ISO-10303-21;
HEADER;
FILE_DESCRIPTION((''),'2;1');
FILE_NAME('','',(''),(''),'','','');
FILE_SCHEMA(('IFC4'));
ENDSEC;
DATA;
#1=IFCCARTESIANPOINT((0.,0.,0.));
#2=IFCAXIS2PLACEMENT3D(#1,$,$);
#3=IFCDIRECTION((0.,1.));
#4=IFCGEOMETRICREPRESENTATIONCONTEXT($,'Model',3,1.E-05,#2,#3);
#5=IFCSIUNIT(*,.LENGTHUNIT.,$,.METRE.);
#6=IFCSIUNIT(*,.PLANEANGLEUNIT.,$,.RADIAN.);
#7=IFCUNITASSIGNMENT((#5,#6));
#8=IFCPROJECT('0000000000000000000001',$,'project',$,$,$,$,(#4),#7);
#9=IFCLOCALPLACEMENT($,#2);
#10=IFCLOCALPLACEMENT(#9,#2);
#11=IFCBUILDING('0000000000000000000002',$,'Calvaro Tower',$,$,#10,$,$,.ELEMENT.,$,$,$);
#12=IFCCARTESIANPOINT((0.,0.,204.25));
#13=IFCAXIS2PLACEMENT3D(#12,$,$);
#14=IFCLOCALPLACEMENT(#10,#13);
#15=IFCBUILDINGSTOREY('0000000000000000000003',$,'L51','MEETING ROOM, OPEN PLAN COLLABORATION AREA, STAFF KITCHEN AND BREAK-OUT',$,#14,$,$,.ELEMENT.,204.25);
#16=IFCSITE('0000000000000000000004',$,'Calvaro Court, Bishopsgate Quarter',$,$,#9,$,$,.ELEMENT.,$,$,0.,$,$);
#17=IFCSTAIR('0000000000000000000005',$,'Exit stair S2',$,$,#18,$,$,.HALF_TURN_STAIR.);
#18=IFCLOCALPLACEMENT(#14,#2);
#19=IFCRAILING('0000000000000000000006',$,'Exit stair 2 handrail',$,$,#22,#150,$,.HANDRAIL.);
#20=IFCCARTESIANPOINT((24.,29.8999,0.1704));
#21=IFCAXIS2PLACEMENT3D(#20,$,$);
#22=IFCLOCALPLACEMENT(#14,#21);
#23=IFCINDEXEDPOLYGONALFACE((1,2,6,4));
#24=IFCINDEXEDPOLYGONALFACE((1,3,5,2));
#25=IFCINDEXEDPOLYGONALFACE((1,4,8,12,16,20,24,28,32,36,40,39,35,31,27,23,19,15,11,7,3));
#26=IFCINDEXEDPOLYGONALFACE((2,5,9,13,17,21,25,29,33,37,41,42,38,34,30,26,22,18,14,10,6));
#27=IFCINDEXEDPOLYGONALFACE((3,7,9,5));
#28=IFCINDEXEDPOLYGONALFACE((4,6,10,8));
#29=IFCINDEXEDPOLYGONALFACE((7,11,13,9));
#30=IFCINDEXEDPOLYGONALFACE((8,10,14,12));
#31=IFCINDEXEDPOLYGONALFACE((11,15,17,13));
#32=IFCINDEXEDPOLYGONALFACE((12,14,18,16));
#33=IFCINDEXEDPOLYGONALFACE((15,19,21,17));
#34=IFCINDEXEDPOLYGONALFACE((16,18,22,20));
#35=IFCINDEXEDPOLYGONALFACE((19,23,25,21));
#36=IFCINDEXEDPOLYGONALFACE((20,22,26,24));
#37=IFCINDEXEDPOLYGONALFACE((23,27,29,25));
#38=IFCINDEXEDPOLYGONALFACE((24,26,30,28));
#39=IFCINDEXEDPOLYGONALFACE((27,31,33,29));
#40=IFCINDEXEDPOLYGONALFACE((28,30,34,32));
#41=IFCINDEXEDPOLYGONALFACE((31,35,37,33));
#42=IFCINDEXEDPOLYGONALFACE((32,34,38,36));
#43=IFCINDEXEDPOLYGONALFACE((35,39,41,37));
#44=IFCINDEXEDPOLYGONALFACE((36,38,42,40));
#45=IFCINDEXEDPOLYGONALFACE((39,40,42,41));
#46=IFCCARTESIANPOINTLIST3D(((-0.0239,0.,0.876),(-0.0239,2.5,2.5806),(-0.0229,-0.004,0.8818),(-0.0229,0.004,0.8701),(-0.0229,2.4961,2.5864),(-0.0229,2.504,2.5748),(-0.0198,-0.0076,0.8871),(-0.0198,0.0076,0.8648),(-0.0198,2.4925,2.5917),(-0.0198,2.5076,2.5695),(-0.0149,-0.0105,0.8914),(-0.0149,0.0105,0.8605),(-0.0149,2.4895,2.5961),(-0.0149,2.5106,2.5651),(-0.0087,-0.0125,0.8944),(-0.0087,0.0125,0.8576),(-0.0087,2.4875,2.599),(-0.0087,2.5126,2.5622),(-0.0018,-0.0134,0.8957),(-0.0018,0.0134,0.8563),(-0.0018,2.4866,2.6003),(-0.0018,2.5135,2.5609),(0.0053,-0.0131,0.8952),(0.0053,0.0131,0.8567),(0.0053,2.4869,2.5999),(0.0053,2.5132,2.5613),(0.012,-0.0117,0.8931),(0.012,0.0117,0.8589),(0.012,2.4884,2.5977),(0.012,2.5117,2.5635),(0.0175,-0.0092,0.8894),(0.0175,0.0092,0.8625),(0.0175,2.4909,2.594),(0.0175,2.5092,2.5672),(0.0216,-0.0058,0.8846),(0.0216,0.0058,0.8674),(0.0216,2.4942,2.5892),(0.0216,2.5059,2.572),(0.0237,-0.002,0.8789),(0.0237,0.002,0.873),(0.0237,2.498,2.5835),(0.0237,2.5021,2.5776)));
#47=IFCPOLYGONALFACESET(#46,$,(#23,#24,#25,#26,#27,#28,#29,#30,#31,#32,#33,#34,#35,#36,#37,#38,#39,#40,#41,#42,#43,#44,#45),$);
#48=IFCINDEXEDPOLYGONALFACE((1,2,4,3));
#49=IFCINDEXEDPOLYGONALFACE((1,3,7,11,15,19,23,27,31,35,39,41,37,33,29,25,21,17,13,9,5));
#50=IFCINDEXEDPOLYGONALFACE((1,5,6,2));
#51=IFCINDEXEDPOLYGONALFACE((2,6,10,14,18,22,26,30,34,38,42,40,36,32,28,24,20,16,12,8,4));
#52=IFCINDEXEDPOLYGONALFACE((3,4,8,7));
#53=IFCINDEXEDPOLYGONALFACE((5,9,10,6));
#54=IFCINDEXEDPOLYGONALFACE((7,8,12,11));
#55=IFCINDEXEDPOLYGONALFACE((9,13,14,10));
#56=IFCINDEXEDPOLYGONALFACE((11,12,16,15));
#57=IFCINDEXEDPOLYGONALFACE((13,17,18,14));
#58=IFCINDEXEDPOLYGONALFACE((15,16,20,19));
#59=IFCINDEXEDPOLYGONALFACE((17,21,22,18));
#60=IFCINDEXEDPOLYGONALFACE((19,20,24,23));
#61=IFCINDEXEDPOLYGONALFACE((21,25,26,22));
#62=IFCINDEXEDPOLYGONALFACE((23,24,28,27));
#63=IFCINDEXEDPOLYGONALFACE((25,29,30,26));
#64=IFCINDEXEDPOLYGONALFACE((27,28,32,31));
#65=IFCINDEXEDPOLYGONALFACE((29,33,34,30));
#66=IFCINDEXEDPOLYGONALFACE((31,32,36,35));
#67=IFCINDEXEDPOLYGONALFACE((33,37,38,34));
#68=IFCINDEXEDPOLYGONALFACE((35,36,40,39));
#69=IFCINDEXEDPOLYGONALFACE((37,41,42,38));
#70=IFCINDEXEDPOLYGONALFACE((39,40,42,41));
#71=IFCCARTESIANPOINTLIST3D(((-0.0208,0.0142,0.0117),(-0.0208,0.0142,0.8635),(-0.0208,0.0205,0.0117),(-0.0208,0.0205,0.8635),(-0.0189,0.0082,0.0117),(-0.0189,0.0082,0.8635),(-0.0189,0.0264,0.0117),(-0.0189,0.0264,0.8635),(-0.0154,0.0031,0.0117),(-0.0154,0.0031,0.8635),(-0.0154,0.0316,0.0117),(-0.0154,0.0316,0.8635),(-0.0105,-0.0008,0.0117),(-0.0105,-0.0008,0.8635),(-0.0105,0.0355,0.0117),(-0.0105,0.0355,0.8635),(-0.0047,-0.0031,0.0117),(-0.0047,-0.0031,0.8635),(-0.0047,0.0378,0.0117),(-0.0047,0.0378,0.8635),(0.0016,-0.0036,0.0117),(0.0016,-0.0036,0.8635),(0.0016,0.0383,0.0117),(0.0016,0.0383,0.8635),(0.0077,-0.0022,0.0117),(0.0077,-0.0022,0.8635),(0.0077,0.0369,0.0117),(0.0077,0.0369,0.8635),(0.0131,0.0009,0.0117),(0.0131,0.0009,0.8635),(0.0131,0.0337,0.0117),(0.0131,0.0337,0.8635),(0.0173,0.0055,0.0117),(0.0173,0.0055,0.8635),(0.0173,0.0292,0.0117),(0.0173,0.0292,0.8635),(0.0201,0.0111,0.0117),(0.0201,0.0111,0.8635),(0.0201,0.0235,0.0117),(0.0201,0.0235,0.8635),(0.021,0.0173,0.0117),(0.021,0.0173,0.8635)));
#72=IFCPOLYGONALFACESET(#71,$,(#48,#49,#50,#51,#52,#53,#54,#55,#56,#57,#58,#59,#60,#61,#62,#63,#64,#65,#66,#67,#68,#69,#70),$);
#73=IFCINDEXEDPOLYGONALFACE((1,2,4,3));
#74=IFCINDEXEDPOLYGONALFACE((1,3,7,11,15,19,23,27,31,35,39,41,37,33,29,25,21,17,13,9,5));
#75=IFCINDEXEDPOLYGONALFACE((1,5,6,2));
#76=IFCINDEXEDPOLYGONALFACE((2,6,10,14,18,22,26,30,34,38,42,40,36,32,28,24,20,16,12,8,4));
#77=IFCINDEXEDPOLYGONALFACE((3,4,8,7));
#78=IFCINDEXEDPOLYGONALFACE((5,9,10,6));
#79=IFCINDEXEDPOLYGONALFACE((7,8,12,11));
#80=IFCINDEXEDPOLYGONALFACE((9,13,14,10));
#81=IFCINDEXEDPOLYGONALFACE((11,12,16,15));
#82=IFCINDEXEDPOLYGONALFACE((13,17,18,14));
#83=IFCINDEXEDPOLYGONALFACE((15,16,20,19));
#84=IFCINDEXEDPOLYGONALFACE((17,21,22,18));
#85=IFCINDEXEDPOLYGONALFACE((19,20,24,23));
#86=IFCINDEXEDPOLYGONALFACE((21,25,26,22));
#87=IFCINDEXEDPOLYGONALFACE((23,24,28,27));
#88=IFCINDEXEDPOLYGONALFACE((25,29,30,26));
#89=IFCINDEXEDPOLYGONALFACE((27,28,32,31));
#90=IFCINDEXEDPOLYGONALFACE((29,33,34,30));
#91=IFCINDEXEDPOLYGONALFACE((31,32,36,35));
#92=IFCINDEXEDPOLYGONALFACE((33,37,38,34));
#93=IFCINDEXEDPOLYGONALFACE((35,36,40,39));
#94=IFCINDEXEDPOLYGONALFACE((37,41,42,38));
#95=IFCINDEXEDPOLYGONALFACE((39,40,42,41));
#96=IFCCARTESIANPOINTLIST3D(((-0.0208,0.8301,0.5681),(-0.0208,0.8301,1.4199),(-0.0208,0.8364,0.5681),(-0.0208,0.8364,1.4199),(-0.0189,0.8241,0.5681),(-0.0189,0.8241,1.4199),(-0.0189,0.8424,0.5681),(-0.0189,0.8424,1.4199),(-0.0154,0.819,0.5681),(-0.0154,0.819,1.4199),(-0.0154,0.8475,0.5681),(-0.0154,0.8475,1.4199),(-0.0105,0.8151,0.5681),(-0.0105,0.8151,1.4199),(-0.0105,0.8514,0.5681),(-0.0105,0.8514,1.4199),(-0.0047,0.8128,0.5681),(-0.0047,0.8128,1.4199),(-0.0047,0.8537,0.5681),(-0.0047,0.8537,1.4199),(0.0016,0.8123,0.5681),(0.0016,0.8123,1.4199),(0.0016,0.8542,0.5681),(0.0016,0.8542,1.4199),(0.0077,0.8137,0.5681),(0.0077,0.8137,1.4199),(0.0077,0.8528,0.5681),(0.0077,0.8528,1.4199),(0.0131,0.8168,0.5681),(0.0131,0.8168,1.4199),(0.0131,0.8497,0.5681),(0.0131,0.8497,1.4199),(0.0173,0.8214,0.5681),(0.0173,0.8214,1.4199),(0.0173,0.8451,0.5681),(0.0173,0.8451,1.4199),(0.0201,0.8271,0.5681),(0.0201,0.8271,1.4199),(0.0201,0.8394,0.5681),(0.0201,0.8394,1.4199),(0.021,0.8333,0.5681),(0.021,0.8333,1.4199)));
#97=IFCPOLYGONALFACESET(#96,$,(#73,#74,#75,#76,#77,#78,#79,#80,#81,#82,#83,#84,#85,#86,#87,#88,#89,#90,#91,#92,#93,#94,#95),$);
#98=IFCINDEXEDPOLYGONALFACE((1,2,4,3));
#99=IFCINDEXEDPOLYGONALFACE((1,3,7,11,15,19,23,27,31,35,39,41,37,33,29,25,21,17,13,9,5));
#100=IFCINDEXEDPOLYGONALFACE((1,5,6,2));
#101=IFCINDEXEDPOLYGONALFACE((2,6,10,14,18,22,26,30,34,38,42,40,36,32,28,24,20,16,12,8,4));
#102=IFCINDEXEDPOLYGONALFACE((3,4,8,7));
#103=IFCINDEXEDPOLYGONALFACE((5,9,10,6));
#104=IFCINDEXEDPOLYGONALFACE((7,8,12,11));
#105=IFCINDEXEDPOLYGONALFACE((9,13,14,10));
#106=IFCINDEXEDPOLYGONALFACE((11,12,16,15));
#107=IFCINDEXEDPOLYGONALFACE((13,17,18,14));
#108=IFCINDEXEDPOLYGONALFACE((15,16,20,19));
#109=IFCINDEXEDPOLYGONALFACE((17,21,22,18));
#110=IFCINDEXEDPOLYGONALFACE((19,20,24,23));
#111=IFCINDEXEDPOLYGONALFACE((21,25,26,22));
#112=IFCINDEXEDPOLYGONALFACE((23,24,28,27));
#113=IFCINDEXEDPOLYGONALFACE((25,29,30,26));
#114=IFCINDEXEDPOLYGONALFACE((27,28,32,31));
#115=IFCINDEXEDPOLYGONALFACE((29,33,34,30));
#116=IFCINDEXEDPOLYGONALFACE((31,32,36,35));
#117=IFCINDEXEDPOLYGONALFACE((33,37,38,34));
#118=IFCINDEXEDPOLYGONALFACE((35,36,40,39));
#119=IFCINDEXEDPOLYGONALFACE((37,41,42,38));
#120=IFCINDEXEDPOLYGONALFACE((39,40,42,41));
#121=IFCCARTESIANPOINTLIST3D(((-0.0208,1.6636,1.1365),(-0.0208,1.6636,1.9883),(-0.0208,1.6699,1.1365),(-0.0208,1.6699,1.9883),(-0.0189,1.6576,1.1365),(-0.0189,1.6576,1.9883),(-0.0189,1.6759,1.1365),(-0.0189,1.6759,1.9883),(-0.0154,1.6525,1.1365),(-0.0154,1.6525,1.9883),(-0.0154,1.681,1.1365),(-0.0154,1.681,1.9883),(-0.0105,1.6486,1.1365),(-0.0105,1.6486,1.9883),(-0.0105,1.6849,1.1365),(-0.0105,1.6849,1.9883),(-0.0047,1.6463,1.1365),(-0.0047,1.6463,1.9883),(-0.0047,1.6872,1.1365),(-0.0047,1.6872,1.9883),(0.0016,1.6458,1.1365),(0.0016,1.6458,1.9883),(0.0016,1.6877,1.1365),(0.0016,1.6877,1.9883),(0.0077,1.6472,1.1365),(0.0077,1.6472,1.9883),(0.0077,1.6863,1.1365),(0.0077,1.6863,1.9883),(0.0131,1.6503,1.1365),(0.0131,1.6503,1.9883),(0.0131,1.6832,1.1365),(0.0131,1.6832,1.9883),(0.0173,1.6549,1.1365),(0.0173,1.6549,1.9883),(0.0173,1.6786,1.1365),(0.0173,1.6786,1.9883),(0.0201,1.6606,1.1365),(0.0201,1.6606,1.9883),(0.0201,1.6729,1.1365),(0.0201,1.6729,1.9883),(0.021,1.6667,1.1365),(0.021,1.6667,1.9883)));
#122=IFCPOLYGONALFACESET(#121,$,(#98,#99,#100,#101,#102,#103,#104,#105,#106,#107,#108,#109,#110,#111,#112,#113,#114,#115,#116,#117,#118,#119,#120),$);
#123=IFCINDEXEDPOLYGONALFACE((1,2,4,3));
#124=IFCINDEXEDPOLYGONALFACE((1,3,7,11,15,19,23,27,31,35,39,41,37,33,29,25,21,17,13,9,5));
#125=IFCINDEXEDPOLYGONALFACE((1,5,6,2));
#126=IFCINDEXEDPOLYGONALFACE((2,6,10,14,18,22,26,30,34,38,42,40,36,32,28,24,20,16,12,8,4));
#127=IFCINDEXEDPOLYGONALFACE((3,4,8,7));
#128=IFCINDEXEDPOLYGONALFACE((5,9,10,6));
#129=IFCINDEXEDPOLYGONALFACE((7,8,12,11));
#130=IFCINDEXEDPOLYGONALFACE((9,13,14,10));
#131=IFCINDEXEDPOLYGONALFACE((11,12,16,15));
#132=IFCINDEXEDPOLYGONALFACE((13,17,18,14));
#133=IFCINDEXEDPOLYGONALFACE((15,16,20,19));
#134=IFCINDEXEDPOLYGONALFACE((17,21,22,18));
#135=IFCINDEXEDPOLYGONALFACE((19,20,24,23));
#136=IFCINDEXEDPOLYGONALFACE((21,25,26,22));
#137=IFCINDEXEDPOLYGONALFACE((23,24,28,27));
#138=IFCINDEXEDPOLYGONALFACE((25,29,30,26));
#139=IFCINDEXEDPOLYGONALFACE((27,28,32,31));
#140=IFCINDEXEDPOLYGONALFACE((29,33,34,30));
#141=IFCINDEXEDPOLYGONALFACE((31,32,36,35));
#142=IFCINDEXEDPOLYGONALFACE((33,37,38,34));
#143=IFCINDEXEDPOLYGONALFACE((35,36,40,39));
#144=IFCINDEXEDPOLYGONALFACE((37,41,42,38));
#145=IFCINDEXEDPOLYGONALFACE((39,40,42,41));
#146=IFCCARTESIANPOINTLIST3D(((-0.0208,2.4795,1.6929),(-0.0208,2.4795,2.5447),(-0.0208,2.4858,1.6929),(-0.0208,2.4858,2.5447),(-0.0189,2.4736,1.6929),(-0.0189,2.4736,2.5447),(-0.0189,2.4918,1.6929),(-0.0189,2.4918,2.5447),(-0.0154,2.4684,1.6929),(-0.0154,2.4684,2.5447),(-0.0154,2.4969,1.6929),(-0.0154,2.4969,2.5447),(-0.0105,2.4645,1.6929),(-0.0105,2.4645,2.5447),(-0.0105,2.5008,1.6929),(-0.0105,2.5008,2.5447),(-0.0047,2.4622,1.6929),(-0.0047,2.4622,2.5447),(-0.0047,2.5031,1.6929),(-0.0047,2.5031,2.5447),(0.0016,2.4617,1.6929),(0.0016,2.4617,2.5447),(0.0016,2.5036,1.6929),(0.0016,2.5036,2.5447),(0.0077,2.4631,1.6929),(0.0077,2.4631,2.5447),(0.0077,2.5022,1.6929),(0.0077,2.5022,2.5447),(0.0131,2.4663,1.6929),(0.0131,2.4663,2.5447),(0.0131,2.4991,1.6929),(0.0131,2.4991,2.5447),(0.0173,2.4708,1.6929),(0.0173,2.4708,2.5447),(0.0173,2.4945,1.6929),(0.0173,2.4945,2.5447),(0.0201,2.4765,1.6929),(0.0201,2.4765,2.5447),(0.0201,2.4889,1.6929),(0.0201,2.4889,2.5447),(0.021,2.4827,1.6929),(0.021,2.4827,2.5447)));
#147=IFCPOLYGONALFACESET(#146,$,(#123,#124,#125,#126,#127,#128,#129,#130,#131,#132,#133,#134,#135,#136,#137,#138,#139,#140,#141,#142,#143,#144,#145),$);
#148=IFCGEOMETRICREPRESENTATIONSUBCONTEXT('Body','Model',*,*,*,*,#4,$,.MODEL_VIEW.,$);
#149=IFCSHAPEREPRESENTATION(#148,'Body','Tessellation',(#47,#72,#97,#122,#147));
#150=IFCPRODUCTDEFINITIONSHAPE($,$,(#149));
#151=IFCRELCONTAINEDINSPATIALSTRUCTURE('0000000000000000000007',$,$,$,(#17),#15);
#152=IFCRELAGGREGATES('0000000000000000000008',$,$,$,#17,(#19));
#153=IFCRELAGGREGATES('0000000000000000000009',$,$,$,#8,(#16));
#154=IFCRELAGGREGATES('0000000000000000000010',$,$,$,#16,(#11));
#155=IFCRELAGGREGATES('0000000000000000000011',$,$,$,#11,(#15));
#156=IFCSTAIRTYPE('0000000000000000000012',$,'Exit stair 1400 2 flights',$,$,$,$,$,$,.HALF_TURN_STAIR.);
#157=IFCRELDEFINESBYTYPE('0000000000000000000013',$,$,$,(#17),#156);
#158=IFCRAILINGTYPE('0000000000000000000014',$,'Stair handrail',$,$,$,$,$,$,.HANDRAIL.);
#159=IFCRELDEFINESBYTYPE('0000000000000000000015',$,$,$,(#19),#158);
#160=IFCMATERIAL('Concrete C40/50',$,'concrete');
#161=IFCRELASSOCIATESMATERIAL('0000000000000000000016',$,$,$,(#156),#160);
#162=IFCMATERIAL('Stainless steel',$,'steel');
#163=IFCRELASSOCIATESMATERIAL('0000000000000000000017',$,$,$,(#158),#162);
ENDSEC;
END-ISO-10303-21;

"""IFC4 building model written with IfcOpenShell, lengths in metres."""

from ifc_helpers import new_model, si_unit, direction, frame, origin, origin_2d, place, context, subcontext, project, spatial, circle, extrude, material, type_object, element, aggregate, save


model = new_model("IFC4")

# Units and contexts
model_context = context("Model", 3, precision=1e-05, world=origin(), true_north=direction((0.0, 1.0)))
body_context = subcontext(model_context, "Body", "Model", "MODEL_VIEW")
ifc_project = project(units=[si_unit("LENGTHUNIT", "METRE"), si_unit("PLANEANGLEUNIT", "RADIAN")], contexts=[model_context])

# Site, building, storey
site_placement = place(None, origin())
site = spatial("IfcSite", under=ifc_project, at=site_placement, Name="Calvaro Court, Bishopsgate Quarter", CompositionType="ELEMENT", RefElevation=0.0)
building_placement = place(site_placement, origin())
building = spatial("IfcBuilding", under=site, at=building_placement, Name="Calvaro Tower", CompositionType="ELEMENT")
storey_placement = place(building_placement, frame((0.0, 0.0, 204.25)))
storey = spatial("IfcBuildingStorey", under=building, at=storey_placement, Name="L51", Description="MEETING ROOM, OPEN PLAN COLLABORATION AREA, STAFF KITCHEN AND BREAK-OUT", CompositionType="ELEMENT", Elevation=204.25)

# Stair
ifc_material_1 = material(Name="Concrete C40/50", Category="concrete")
stair_type = type_object("IfcStairType", Name="Exit stair 1400 2 flights", PredefinedType="HALF_TURN_STAIR", material=ifc_material_1)
stair_1_placement = place(storey_placement, origin())
stair_1 = element("IfcStair", 1, at=stair_1_placement, inside=storey, type_object=stair_type, Name="Exit stair S2", PredefinedType="HALF_TURN_STAIR")

# Shared definitions
ifc_material_2 = material(Name="Stainless steel", Category="steel")
railing_type = type_object("IfcRailingType", Name="Stair handrail", PredefinedType="HANDRAIL", material=ifc_material_2)

# Railing
railing_1_placement = place(storey_placement, frame((24.0, 29.8999, 0.1704)))
railing_1 = element("IfcRailing", 2, at=railing_1_placement, type_object=railing_type, Name="Exit stair 2 handrail", PredefinedType="HANDRAIL", context=body_context, shape_type="SweptSolid", body=[
    extrude(circle(Radius=0.0239, at=origin_2d()), frame((0.0, 0.0, 0.876), z_axis=(0.0, 0.826221, 0.563347), x_axis=(-1.0, 0.0, 0.0)), (0.0, 0.0, 1.0), 3.0259),
    extrude(circle(Radius=0.021, at=origin_2d()), frame((0.0, 0.0173, 0.0117)), (0.0, 0.0, 1.0), 0.8518),
    extrude(circle(Radius=0.021, at=origin_2d()), frame((0.0, 0.8333, 0.5681)), (0.0, 0.0, 1.0), 0.8518),
    extrude(circle(Radius=0.021, at=origin_2d()), frame((0.0, 1.6667, 1.1365)), (0.0, 0.0, 1.0), 0.8518),
    extrude(circle(Radius=0.021, at=origin_2d()), frame((0.0, 2.4827, 1.6929)), (0.0, 0.0, 1.0), 0.8518),
])
aggregate(stair_1, [railing_1])

save(model, "model.ifc")
